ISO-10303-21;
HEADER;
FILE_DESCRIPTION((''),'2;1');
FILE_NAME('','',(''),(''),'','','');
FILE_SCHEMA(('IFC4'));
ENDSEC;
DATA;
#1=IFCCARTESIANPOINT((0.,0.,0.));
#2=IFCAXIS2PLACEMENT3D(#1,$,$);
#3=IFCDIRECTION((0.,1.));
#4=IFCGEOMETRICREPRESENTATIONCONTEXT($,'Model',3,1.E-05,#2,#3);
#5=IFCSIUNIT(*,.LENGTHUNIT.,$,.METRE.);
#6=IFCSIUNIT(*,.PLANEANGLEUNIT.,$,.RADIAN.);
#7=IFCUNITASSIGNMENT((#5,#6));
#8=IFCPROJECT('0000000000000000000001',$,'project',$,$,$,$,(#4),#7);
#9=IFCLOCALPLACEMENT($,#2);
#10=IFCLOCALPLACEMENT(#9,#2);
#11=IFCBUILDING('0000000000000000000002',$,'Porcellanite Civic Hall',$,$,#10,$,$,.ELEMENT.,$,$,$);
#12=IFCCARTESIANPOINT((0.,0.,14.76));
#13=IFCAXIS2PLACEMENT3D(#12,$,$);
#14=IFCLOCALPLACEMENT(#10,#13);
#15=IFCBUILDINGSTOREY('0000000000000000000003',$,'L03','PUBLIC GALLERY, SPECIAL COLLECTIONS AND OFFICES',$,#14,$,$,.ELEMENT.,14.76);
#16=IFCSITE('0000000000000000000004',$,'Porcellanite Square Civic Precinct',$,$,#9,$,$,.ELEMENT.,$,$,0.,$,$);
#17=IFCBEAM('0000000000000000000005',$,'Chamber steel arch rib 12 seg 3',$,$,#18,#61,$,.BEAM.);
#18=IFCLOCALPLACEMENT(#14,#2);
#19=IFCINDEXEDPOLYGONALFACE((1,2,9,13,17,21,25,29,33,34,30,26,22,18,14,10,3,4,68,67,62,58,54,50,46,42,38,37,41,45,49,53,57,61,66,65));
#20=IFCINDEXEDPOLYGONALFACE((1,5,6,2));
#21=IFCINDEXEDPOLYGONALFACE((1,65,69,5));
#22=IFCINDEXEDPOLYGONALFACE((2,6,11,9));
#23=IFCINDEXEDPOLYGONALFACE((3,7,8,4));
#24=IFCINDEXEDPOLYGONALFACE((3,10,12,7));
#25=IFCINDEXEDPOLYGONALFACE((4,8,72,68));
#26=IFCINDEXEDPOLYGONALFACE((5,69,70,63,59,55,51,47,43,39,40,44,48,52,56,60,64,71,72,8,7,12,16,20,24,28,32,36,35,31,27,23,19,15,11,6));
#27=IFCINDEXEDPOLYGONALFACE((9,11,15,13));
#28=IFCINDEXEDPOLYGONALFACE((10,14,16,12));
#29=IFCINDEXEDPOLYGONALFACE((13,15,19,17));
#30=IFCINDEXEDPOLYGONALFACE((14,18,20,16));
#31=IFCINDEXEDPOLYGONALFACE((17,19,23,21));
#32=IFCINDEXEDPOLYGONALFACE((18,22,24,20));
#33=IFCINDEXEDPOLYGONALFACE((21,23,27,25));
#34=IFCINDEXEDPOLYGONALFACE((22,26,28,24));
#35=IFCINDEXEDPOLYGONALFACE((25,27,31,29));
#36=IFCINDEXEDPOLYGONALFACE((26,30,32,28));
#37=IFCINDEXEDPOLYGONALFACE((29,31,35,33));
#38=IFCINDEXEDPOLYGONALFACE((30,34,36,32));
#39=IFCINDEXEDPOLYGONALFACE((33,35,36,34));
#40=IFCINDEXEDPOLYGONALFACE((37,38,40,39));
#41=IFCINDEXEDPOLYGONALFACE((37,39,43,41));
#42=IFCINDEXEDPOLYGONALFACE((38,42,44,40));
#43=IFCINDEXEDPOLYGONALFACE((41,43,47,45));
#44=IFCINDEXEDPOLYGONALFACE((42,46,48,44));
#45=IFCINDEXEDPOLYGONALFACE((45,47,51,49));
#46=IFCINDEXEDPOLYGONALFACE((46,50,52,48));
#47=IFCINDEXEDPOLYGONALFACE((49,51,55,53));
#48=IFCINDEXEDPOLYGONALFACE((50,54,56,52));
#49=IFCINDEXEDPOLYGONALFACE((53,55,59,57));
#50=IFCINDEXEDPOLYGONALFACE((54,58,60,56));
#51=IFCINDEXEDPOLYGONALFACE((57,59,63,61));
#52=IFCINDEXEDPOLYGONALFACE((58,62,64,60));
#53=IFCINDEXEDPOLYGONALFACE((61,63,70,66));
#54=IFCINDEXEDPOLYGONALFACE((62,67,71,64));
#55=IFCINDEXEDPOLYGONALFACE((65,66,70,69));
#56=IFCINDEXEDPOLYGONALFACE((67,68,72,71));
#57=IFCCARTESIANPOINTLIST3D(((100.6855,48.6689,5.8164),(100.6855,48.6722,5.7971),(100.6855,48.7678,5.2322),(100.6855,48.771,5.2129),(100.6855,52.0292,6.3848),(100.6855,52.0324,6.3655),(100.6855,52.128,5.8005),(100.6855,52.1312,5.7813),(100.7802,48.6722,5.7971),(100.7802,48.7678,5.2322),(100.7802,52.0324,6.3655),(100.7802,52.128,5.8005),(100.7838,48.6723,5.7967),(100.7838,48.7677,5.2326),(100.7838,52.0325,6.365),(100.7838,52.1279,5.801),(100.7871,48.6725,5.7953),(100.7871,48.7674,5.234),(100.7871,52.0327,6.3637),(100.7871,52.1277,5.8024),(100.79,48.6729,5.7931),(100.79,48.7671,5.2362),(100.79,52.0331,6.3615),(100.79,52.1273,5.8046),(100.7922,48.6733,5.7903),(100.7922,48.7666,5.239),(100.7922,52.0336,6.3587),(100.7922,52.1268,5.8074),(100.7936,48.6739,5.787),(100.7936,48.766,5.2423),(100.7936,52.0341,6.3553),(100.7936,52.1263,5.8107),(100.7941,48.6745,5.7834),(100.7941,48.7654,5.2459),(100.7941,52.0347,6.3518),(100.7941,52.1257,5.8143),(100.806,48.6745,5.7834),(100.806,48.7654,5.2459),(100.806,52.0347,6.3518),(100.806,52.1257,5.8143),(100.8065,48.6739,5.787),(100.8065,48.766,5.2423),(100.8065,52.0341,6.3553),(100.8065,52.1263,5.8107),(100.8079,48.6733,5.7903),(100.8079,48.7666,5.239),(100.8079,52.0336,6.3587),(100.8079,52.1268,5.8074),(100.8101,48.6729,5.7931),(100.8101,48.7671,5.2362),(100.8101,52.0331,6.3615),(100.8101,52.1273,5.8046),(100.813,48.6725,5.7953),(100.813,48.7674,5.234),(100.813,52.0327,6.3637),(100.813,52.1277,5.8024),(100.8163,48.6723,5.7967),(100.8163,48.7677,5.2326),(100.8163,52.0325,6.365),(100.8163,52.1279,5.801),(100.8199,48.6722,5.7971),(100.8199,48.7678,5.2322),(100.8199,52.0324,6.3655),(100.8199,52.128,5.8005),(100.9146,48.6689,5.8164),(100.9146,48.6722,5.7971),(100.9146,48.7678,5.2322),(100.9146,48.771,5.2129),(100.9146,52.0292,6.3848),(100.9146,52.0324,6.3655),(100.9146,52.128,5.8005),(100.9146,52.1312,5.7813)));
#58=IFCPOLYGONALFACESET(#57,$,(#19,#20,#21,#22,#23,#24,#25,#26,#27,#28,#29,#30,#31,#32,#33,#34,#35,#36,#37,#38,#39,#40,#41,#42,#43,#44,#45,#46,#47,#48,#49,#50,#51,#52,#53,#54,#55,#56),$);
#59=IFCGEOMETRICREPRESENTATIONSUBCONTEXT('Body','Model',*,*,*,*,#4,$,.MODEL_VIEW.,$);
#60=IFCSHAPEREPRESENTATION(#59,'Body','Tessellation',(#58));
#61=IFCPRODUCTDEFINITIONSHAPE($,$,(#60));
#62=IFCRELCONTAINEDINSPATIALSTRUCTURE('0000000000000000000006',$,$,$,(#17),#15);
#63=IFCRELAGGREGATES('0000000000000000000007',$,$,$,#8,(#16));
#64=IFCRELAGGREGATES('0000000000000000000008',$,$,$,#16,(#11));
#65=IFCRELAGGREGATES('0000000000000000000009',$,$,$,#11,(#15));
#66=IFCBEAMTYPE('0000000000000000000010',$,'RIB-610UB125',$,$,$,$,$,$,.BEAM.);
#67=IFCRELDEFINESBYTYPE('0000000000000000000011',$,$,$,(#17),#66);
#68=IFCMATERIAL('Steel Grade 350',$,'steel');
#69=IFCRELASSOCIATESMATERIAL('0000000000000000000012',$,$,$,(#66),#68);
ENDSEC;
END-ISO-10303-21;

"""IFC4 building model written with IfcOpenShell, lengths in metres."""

from ifc_helpers import new_model, si_unit, direction, frame, origin, origin_2d, place, context, subcontext, project, spatial, i_section, extrude, material, material_profile, profile_set, type_object, element, save


model = new_model("IFC4")

# Units and contexts
model_context = context("Model", 3, precision=1e-05, world=origin(), true_north=direction((0.0, 1.0)))
body_context = subcontext(model_context, "Body", "Model", "MODEL_VIEW")
ifc_project = project(units=[si_unit("LENGTHUNIT", "METRE"), si_unit("PLANEANGLEUNIT", "RADIAN")], contexts=[model_context])

# Site, building, storey
site_placement = place(None, origin())
site = spatial("IfcSite", under=ifc_project, at=site_placement, Name="Porcellanite Square Civic Precinct", CompositionType="ELEMENT", RefElevation=0.0)
building_placement = place(site_placement, origin())
building = spatial("IfcBuilding", under=site, at=building_placement, Name="Porcellanite Civic Hall", CompositionType="ELEMENT")
storey_placement = place(building_placement, frame((0.0, 0.0, 14.76)))
storey = spatial("IfcBuildingStorey", under=building, at=storey_placement, Name="L03", Description="PUBLIC GALLERY, SPECIAL COLLECTIONS AND OFFICES", CompositionType="ELEMENT", Elevation=14.76)

# Beam
ifc_material_1 = material(Name="Steel Grade 350", Category="steel")
ifc_material_profile_1 = material_profile(ifc_material_1, i_section(OverallWidth=0.229, OverallDepth=0.6121, WebThickness=0.012, FlangeThickness=0.0195, FilletRadius=0.0139, at=origin_2d()), Name="610UB125")
ifc_profile_set_1 = profile_set([ifc_material_profile_1], Name="Steel Grade 350")
beam_type = type_object("IfcBeamType", Name="RIB-610UB125", PredefinedType="BEAM", material=ifc_profile_set_1)
beam_1_placement = place(storey_placement, frame((100.8, 48.72, 5.5146), z_axis=(0.0, 0.985994, 0.16678), x_axis=(-1.0, 0.0, 0.0)))
element("IfcBeam", 1, at=beam_1_placement, inside=storey, type_object=beam_type, Name="Chamber steel arch rib 12 seg 3", PredefinedType="BEAM", context=body_context, shape_type="SweptSolid", body=[
    extrude(i_section(OverallWidth=0.229, OverallDepth=0.6121, WebThickness=0.012, FlangeThickness=0.0195, FilletRadius=0.0139, at=origin_2d()), origin(), (0.0, 0.0, 1.0), 3.408),
])

save(model, "model.ifc")
